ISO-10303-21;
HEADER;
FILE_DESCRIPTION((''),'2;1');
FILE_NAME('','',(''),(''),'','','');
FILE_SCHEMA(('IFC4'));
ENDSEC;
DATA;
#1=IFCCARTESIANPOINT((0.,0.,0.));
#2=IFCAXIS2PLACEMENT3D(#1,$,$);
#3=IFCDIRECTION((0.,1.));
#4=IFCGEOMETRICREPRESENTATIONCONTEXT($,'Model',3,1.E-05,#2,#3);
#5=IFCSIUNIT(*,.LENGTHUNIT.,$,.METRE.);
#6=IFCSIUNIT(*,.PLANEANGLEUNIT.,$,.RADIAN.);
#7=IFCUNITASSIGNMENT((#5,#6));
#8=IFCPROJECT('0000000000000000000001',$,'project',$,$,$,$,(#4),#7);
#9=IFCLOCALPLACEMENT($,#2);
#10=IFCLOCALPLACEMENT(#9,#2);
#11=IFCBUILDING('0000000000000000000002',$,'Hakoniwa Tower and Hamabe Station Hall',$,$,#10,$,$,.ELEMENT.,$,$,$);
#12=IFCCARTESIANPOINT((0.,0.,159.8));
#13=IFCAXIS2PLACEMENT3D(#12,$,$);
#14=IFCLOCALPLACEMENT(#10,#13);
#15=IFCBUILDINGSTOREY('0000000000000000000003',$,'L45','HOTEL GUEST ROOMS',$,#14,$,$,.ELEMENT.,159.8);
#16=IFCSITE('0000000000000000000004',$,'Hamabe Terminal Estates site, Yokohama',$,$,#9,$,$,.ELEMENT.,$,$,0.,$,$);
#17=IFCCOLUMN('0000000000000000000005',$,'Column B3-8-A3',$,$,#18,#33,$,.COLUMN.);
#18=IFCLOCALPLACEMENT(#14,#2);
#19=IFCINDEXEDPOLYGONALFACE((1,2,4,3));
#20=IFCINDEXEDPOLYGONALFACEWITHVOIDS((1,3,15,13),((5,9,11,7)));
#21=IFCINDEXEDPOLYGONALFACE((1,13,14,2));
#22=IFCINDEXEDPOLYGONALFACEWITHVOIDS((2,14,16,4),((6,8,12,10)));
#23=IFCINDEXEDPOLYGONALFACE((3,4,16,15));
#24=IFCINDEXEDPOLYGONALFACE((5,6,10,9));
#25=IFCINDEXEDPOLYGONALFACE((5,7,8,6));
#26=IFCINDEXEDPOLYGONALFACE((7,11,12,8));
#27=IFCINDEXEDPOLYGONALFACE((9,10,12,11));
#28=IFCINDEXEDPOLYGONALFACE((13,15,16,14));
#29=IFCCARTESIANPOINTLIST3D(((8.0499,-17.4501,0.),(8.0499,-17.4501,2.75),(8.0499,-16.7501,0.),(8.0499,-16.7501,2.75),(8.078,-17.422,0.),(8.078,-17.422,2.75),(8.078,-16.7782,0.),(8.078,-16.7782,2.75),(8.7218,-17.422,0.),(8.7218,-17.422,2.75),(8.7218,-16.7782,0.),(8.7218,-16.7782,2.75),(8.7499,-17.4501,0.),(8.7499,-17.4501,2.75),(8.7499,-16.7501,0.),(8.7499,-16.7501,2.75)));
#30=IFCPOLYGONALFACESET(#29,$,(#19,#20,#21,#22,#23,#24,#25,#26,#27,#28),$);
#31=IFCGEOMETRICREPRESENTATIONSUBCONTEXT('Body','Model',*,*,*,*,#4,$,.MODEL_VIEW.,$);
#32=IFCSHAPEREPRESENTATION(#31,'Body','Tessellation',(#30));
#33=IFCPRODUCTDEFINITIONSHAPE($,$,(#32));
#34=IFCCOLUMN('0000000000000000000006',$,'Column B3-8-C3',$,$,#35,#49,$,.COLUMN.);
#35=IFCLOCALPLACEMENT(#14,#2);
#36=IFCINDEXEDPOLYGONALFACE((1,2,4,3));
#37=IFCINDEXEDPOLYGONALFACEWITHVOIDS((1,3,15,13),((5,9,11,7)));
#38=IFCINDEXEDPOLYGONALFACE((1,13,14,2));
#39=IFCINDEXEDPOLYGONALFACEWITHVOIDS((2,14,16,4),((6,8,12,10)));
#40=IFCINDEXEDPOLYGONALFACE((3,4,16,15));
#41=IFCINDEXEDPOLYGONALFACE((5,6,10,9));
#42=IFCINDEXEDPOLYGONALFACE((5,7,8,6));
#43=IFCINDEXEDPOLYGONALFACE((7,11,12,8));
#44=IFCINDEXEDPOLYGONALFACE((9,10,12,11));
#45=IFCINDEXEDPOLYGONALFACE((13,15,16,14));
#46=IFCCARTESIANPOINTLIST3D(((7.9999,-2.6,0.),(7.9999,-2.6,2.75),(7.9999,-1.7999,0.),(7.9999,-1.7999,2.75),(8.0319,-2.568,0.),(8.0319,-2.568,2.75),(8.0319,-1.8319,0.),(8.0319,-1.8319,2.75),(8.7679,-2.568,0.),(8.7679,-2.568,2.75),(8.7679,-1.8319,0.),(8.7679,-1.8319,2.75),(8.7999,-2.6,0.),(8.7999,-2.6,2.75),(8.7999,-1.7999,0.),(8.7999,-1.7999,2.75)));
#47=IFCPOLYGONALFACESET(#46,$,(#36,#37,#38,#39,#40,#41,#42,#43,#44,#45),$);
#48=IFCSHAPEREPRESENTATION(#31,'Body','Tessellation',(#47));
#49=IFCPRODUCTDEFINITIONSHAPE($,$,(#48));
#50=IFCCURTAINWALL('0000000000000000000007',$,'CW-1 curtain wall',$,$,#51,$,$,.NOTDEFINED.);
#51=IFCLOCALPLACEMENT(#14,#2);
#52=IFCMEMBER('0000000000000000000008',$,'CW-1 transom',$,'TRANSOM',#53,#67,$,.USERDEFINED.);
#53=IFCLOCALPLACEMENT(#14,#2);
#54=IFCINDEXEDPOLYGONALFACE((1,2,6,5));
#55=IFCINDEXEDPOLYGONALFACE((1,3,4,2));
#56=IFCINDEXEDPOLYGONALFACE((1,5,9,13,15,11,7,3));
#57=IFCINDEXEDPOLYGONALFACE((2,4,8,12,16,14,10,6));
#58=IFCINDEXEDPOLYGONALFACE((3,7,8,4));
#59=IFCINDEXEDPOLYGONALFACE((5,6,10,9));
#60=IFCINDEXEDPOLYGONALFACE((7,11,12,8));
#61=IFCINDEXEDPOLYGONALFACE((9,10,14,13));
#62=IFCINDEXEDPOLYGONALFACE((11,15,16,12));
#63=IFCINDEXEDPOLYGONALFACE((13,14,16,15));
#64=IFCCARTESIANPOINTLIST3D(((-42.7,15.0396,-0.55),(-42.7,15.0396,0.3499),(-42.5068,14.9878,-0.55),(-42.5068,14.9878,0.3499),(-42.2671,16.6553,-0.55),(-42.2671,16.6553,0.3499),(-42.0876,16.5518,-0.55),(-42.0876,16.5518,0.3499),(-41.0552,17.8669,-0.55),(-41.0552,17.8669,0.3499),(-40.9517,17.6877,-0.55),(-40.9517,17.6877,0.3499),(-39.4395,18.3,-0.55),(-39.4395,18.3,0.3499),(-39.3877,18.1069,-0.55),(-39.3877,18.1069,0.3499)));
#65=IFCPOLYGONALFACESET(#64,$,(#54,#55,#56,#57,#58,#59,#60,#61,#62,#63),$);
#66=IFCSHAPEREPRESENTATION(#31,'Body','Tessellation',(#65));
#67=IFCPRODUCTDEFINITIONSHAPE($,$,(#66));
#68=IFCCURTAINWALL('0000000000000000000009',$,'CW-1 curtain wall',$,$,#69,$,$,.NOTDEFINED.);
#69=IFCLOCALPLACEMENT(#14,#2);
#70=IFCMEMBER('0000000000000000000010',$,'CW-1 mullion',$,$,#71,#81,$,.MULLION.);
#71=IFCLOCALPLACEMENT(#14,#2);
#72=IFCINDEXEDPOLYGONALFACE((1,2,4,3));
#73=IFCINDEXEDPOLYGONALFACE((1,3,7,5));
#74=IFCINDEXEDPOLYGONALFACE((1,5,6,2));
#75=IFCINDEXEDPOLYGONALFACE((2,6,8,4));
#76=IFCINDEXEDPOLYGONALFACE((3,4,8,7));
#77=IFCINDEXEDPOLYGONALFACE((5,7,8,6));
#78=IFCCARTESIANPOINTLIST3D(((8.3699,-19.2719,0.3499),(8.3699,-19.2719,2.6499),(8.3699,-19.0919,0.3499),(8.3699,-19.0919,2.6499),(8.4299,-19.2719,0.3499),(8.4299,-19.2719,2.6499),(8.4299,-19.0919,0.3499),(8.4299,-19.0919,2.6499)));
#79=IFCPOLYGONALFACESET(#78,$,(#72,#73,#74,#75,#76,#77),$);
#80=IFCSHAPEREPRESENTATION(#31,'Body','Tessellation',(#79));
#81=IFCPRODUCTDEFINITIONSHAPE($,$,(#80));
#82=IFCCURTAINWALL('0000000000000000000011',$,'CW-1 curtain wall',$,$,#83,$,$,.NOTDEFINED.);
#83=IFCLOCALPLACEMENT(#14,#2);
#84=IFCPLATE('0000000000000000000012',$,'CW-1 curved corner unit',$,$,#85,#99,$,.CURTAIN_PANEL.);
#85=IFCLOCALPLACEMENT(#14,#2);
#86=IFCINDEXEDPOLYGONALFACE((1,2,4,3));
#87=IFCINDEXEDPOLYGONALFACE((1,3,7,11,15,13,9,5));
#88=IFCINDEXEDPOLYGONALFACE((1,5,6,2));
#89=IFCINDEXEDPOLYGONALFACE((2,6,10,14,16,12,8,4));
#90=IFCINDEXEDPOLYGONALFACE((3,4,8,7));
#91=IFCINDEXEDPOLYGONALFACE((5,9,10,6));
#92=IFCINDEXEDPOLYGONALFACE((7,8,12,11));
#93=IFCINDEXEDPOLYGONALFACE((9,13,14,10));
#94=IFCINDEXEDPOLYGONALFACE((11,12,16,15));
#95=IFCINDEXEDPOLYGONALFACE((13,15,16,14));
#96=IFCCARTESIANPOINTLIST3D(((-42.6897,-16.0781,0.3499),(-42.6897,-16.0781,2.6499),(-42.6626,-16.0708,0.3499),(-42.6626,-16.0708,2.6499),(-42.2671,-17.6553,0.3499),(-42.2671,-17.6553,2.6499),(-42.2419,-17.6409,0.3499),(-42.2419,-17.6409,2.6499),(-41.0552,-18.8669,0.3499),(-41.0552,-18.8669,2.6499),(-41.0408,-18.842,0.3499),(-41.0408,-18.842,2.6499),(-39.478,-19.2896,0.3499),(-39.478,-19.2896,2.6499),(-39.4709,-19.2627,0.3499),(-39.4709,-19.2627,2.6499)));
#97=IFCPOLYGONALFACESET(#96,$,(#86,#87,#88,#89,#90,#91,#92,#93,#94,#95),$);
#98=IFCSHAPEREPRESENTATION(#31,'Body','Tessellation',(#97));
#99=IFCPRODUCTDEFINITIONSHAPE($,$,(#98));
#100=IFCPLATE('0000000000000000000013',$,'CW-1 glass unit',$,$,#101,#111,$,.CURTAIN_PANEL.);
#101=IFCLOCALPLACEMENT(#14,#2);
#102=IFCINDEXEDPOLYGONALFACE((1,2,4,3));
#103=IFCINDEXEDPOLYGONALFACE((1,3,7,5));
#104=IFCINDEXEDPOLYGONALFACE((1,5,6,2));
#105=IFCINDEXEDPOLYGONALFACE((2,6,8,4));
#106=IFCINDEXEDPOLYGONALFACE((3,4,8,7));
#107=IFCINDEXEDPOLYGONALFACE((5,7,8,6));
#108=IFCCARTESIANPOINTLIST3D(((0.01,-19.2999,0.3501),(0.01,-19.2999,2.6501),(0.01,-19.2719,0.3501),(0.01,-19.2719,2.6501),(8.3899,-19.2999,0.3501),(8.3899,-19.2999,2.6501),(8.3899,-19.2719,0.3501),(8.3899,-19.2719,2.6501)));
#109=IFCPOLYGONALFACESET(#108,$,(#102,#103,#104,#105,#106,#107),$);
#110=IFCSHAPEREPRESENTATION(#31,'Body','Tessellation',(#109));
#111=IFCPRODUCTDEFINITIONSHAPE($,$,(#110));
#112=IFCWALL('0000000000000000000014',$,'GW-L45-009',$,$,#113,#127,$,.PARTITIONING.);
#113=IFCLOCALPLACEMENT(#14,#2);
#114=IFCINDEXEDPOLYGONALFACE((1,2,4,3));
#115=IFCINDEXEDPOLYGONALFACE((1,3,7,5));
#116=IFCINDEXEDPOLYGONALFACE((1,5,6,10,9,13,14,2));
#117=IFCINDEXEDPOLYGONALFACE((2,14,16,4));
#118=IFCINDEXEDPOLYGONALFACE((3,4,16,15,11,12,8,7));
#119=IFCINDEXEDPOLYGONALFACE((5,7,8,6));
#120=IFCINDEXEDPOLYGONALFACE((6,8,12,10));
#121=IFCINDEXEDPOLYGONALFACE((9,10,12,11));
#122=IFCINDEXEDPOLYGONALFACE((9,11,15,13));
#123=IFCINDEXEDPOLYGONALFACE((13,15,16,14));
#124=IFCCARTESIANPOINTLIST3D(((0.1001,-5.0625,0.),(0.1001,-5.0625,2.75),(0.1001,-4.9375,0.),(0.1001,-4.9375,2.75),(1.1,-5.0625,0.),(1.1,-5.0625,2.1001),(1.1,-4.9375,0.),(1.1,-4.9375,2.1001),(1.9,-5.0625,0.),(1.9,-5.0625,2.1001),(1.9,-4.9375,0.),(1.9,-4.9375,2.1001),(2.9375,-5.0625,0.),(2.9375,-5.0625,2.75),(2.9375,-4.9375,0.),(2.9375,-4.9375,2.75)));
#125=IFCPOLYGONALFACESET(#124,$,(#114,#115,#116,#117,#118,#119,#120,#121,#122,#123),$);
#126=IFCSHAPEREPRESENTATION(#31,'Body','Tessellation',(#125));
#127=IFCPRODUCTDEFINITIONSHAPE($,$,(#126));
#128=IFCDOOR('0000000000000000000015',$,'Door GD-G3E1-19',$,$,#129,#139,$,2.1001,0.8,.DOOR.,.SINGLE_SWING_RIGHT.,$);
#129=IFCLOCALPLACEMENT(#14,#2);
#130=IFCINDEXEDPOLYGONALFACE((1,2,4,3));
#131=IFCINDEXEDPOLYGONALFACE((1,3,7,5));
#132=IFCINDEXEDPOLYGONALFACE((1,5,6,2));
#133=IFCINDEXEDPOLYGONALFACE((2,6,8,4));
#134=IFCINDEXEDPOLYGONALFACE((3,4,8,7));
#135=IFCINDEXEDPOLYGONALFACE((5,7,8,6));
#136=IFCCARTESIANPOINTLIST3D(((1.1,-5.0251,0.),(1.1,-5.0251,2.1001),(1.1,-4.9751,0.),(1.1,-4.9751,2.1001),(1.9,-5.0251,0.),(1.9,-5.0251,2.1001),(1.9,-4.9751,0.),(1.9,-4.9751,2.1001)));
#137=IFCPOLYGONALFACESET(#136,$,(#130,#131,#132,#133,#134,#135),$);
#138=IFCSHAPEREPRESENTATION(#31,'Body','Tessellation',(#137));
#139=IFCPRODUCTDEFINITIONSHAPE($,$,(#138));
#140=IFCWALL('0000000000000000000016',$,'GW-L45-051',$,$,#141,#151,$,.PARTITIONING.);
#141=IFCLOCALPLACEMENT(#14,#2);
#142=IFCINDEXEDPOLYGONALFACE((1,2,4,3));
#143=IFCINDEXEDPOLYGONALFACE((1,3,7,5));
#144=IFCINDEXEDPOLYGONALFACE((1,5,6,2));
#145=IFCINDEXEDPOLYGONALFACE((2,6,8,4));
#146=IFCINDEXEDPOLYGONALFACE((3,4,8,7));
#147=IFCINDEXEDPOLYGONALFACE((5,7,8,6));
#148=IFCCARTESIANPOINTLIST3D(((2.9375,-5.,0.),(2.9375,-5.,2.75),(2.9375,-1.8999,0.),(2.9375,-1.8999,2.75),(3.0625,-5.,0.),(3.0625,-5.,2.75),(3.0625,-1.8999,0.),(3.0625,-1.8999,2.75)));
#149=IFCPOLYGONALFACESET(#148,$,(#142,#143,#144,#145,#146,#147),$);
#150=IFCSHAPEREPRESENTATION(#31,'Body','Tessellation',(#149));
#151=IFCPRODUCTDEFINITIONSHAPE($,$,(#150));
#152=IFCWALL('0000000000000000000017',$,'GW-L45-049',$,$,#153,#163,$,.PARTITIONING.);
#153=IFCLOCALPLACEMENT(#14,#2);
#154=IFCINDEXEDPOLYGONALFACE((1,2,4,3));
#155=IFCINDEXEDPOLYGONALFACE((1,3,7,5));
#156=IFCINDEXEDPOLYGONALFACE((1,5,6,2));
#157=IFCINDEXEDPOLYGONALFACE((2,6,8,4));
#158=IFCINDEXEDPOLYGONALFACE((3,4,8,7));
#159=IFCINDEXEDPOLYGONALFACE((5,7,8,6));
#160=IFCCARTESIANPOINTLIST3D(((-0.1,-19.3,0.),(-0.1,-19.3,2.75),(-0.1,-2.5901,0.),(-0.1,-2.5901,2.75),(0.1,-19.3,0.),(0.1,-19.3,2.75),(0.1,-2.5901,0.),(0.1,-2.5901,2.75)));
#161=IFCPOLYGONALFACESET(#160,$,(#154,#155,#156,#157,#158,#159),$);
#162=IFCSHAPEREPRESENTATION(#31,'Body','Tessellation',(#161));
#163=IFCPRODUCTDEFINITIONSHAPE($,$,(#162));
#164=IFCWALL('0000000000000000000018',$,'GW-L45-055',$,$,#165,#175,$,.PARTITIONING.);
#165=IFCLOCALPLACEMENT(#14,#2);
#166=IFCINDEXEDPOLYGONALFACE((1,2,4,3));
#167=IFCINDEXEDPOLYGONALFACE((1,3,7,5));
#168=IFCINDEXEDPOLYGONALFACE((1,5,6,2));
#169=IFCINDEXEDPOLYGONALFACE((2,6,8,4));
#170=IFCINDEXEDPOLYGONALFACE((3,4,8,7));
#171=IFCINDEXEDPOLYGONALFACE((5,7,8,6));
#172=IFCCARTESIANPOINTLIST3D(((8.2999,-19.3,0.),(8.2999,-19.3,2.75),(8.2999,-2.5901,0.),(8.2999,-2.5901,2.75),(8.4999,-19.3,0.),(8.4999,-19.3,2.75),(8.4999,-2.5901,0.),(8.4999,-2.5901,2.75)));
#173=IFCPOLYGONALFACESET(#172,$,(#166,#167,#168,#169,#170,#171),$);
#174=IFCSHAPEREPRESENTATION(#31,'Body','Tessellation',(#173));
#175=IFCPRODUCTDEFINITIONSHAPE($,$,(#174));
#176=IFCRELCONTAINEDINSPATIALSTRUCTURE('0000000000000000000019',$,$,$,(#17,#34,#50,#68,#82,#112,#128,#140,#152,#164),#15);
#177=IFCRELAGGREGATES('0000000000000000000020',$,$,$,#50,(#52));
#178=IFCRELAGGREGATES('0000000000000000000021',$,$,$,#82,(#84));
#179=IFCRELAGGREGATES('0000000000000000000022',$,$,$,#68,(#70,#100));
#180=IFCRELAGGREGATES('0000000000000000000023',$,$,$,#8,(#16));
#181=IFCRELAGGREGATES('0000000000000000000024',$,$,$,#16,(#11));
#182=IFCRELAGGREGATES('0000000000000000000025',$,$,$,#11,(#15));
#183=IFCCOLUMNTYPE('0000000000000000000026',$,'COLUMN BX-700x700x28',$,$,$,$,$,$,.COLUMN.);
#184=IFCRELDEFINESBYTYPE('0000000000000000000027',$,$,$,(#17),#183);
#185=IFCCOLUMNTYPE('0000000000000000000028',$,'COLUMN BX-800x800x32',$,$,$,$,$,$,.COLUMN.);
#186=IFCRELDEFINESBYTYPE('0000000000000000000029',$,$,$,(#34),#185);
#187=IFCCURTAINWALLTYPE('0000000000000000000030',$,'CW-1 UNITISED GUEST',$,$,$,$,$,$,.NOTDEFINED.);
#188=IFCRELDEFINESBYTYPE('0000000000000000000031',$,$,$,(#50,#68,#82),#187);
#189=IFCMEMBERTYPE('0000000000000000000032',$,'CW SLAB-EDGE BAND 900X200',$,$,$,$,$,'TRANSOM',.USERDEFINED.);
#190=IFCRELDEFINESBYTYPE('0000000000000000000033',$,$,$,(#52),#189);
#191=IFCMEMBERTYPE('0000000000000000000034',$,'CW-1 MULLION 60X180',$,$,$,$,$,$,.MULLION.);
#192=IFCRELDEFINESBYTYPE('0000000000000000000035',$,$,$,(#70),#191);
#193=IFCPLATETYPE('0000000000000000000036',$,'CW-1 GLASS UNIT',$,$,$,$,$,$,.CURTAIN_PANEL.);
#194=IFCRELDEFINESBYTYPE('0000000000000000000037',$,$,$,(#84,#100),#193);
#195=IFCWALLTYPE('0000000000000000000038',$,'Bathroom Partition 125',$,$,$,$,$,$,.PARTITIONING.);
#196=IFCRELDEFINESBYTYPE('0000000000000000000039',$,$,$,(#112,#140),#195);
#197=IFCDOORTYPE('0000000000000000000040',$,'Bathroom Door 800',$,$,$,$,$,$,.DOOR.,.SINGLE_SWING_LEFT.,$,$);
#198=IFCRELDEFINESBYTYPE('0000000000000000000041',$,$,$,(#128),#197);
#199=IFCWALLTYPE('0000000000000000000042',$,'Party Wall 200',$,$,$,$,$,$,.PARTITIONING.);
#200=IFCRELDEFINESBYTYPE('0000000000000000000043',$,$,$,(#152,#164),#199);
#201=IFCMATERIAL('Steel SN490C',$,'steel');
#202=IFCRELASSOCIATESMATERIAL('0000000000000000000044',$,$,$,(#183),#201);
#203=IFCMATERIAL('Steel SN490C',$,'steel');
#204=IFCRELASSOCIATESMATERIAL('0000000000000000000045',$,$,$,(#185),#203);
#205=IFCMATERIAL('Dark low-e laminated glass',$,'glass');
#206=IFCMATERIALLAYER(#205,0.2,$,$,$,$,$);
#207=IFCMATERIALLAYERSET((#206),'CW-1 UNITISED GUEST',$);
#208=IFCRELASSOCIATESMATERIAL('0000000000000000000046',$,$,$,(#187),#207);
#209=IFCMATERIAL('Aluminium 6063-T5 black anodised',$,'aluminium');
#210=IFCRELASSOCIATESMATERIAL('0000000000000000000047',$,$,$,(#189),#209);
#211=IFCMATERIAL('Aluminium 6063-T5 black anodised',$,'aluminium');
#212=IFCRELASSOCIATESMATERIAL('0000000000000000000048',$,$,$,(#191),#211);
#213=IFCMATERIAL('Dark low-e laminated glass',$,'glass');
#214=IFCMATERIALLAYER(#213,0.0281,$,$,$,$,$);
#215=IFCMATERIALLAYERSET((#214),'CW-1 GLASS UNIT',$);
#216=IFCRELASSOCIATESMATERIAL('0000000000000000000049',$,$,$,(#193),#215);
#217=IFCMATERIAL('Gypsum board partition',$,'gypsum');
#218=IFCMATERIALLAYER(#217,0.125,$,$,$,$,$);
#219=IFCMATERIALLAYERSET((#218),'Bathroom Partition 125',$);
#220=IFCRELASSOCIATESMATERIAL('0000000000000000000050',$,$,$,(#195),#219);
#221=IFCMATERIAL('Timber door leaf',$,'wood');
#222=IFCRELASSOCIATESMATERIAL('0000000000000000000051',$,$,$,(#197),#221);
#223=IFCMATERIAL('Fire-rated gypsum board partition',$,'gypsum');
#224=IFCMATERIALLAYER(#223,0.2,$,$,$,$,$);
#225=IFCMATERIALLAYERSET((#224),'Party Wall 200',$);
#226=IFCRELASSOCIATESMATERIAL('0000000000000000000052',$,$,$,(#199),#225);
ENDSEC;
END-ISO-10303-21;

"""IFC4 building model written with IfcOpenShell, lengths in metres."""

from ifc_helpers import new_model, si_unit, direction, frame, frame_2d, origin, origin_2d, place, context, subcontext, project, spatial, polyline, rectangle, hollow_rectangle, outline, extrude, material, layer, layer_set, material_profile, profile_set, type_object, element, fill, aggregate, save


model = new_model("IFC4")

# Units and contexts
model_context = context("Model", 3, precision=1e-05, world=origin(), true_north=direction((0.0, 1.0)))
body_context = subcontext(model_context, "Body", "Model", "MODEL_VIEW")
ifc_project = project(units=[si_unit("LENGTHUNIT", "METRE"), si_unit("PLANEANGLEUNIT", "RADIAN")], contexts=[model_context])

# Site, building, storey
site_placement = place(None, origin())
site = spatial("IfcSite", under=ifc_project, at=site_placement, Name="Hamabe Terminal Estates site, Yokohama", CompositionType="ELEMENT", RefElevation=0.0)
building_placement = place(site_placement, origin())
building = spatial("IfcBuilding", under=site, at=building_placement, Name="Hakoniwa Tower and Hamabe Station Hall", CompositionType="ELEMENT")
storey_placement = place(building_placement, frame((0.0, 0.0, 159.8)))
storey = spatial("IfcBuildingStorey", under=building, at=storey_placement, Name="L45", Description="HOTEL GUEST ROOMS", CompositionType="ELEMENT", Elevation=159.8)

# Columns
ifc_material_1 = material(Name="Steel SN490C", Category="steel")
ifc_material_profile_1 = material_profile(ifc_material_1, hollow_rectangle(XDim=0.7, YDim=0.7, WallThickness=0.0281, at=origin_2d()), Name="BX-700x700x28")
ifc_profile_set_1 = profile_set([ifc_material_profile_1], Name="Steel SN490C")
column_type_1 = type_object("IfcColumnType", Name="COLUMN BX-700x700x28", PredefinedType="COLUMN", material=ifc_profile_set_1)
column_1_placement = place(storey_placement, frame((8.3999, -17.1001, 0.0), z_axis=(0.0, 0.0, 1.0), x_axis=(1.0, 0.0, 0.0)))
element("IfcColumn", 1, at=column_1_placement, inside=storey, type_object=column_type_1, Name="Column B3-8-A3", PredefinedType="COLUMN", context=body_context, shape_type="SweptSolid", body=[
    extrude(hollow_rectangle(XDim=0.7, YDim=0.7, WallThickness=0.0281, at=origin_2d()), origin(), (0.0, 0.0, 1.0), 2.75),
])
ifc_material_2 = material(Name="Steel SN490C", Category="steel")
ifc_material_profile_2 = material_profile(ifc_material_2, hollow_rectangle(XDim=0.8, YDim=0.8, WallThickness=0.032, at=origin_2d()), Name="BX-800x800x32")
ifc_profile_set_2 = profile_set([ifc_material_profile_2], Name="Steel SN490C")
column_type_2 = type_object("IfcColumnType", Name="COLUMN BX-800x800x32", PredefinedType="COLUMN", material=ifc_profile_set_2)
column_2_placement = place(storey_placement, frame((8.3999, -2.2, 0.0), z_axis=(0.0, 0.0, 1.0), x_axis=(1.0, 0.0, 0.0)))
element("IfcColumn", 2, at=column_2_placement, inside=storey, type_object=column_type_2, Name="Column B3-8-C3", PredefinedType="COLUMN", context=body_context, shape_type="SweptSolid", body=[
    extrude(hollow_rectangle(XDim=0.8, YDim=0.8, WallThickness=0.032, at=origin_2d()), origin(), (0.0, 0.0, 1.0), 2.75),
])

# Curtain walls, members
ifc_material_3 = material(Name="Dark low-e laminated glass", Category="glass")
ifc_layer_1 = layer(ifc_material_3, 0.2)
ifc_layer_set_1 = layer_set([ifc_layer_1], Name="CW-1 UNITISED GUEST")
curtain_wall_type = type_object("IfcCurtainWallType", Name="CW-1 UNITISED GUEST", PredefinedType="NOTDEFINED", material=ifc_layer_set_1)
curtain_wall_1_placement = place(storey_placement, origin())
curtain_wall_1 = element("IfcCurtainWall", 3, at=curtain_wall_1_placement, inside=storey, type_object=curtain_wall_type, Name="CW-1 curtain wall", PredefinedType="NOTDEFINED")
ifc_material_4 = material(Name="Aluminium 6063-T5 black anodised", Category="aluminium")
ifc_material_profile_3 = material_profile(ifc_material_4, rectangle(XDim=0.2, YDim=0.8999, at=origin_2d()), Name="CW SLAB-EDGE BAND 900X200")
ifc_profile_set_3 = profile_set([ifc_material_profile_3], Name="Aluminium 6063-T5 black anodised")
member_type_1 = type_object("IfcMemberType", Name="CW SLAB-EDGE BAND 900X200", ElementType="TRANSOM", PredefinedType="USERDEFINED", material=ifc_profile_set_3)
member_1_placement = place(storey_placement, frame((0.0, 0.0, -0.55)))
member_1 = element("IfcMember", 4, at=member_1_placement, type_object=member_type_1, Name="CW-1 transom", ObjectType="TRANSOM", PredefinedType="USERDEFINED", context=body_context, shape_type="SweptSolid", body=[
    extrude(outline(polyline([(-39.4395, 18.3), (-41.0552, 17.8669), (-42.2671, 16.6553), (-42.7, 15.0396), (-42.5068, 14.9878), (-42.0876, 16.5518), (-40.9517, 17.6877), (-39.3877, 18.1069), (-39.4395, 18.3)])), origin(), (0.0, 0.0, 1.0), 0.8999),
])
aggregate(curtain_wall_1, [member_1])
curtain_wall_2_placement = place(storey_placement, origin())
curtain_wall_2 = element("IfcCurtainWall", 5, at=curtain_wall_2_placement, inside=storey, type_object=curtain_wall_type, Name="CW-1 curtain wall", PredefinedType="NOTDEFINED")
ifc_material_5 = material(Name="Aluminium 6063-T5 black anodised", Category="aluminium")
ifc_material_profile_4 = material_profile(ifc_material_5, rectangle(XDim=0.0601, YDim=0.1799, at=origin_2d()), Name="CW-1 MULLION 60X180")
ifc_profile_set_4 = profile_set([ifc_material_profile_4], Name="Aluminium 6063-T5 black anodised")
member_type_2 = type_object("IfcMemberType", Name="CW-1 MULLION 60X180", PredefinedType="MULLION", material=ifc_profile_set_4)
member_2_placement = place(storey_placement, frame((8.3999, -19.1819, 0.3499), z_axis=(0.0, 0.0, 1.0), x_axis=(1.0, 0.0, 0.0)))
member_2 = element("IfcMember", 6, at=member_2_placement, type_object=member_type_2, Name="CW-1 mullion", PredefinedType="MULLION", context=body_context, shape_type="SweptSolid", body=[
    extrude(rectangle(XDim=0.0601, YDim=0.1799, at=origin_2d()), origin(), (0.0, 0.0, 1.0), 2.3),
])

# Curtain wall, plate
curtain_wall_3_placement = place(storey_placement, origin())
curtain_wall_3 = element("IfcCurtainWall", 7, at=curtain_wall_3_placement, inside=storey, type_object=curtain_wall_type, Name="CW-1 curtain wall", PredefinedType="NOTDEFINED")
ifc_material_6 = material(Name="Dark low-e laminated glass", Category="glass")
ifc_layer_2 = layer(ifc_material_6, 0.0281)
ifc_layer_set_2 = layer_set([ifc_layer_2], Name="CW-1 GLASS UNIT")
plate_type = type_object("IfcPlateType", Name="CW-1 GLASS UNIT", PredefinedType="CURTAIN_PANEL", material=ifc_layer_set_2)
plate_1_placement = place(storey_placement, frame((0.0, 0.0, 0.3499)))
plate_1 = element("IfcPlate", 8, at=plate_1_placement, type_object=plate_type, Name="CW-1 curved corner unit", PredefinedType="CURTAIN_PANEL", context=body_context, shape_type="SweptSolid", body=[
    extrude(outline(polyline([(-42.6897, -16.0781), (-42.2671, -17.6553), (-41.0552, -18.8669), (-39.478, -19.2896), (-39.4709, -19.2627), (-41.0408, -18.842), (-42.2419, -17.6409), (-42.6626, -16.0708), (-42.6897, -16.0781)])), origin(), (0.0, 0.0, 1.0), 2.3),
])
aggregate(curtain_wall_3, [plate_1])

# Plate
plate_2_placement = place(storey_placement, frame((4.2, -19.2859, 0.3501), z_axis=(0.0, 0.0, 1.0), x_axis=(1.0, 0.0, 0.0)))
plate_2 = element("IfcPlate", 9, at=plate_2_placement, type_object=plate_type, Name="CW-1 glass unit", PredefinedType="CURTAIN_PANEL", context=body_context, shape_type="SweptSolid", body=[
    extrude(rectangle(XDim=8.3799, YDim=0.0281, at=origin_2d()), origin(), (0.0, 0.0, 1.0), 2.3),
])
aggregate(curtain_wall_2, [member_2, plate_2])

# Wall, opening, door
ifc_material_7 = material(Name="Gypsum board partition", Category="gypsum")
ifc_layer_3 = layer(ifc_material_7, 0.125)
ifc_layer_set_3 = layer_set([ifc_layer_3], Name="Bathroom Partition 125")
wall_type_1 = type_object("IfcWallType", Name="Bathroom Partition 125", PredefinedType="PARTITIONING", material=ifc_layer_set_3)
wall_1_placement = place(storey_placement, frame((0.1001, -5.0, 0.0), z_axis=(0.0, 0.0, 1.0), x_axis=(1.0, 0.0, 0.0)))
wall_1 = element("IfcWall", 10, at=wall_1_placement, inside=storey, type_object=wall_type_1, Name="GW-L45-009", PredefinedType="PARTITIONING", context=body_context, shape_type="SweptSolid", body=[
    extrude(rectangle(XDim=2.8374, YDim=0.125, at=frame_2d((1.4187, 0.0))), origin(), (0.0, 0.0, 1.0), 2.75),
])
opening_1_placement = place(wall_1_placement, frame((1.0, 0.0, 0.0)))
opening_1 = element("IfcOpeningElement", 11, at=opening_1_placement, cuts=wall_1, PredefinedType="OPENING", context=body_context, shape_type="SweptSolid", body=[
    extrude(rectangle(XDim=0.8, YDim=2.1001, at=frame_2d((0.3999, 1.05))), frame((0.0, 0.0725, 0.0), z_axis=(0.0, -1.0, 0.0), x_axis=(1.0, 0.0, 0.0)), (0.0, 0.0, 1.0), 0.145),
])
ifc_material_8 = material(Name="Timber door leaf", Category="wood")
door_type_1 = type_object("IfcDoorType", Name="Bathroom Door 800", OperationType="SINGLE_SWING_LEFT", PredefinedType="DOOR", material=ifc_material_8)
door_1_placement = place(opening_1_placement, origin())
door_1 = element("IfcDoor", 12, at=door_1_placement, inside=storey, type_object=door_type_1, Name="Door GD-G3E1-19", OperationType="SINGLE_SWING_RIGHT", OverallHeight=2.1001, OverallWidth=0.8, PredefinedType="DOOR", context=body_context, shape_type="SweptSolid", body=[
    extrude(rectangle(XDim=0.8, YDim=2.1001, at=frame_2d((0.3999, 1.05))), frame((0.0, 0.0249, 0.0), z_axis=(0.0, -1.0, 0.0), x_axis=(1.0, 0.0, 0.0)), (0.0, 0.0, 1.0), 0.05),
])
fill(opening_1, door_1)

# Walls
wall_2_placement = place(storey_placement, frame((3.0, -5.0, 0.0), z_axis=(0.0, 0.0, 1.0), x_axis=(0.0, 1.0, 0.0)))
element("IfcWall", 13, at=wall_2_placement, inside=storey, type_object=wall_type_1, Name="GW-L45-051", PredefinedType="PARTITIONING", context=body_context, shape_type="SweptSolid", body=[
    extrude(rectangle(XDim=3.1001, YDim=0.125, at=frame_2d((1.55, 0.0))), origin(), (0.0, 0.0, 1.0), 2.75),
])
ifc_material_9 = material(Name="Fire-rated gypsum board partition", Category="gypsum")
ifc_layer_4 = layer(ifc_material_9, 0.2)
ifc_layer_set_4 = layer_set([ifc_layer_4], Name="Party Wall 200")
wall_type_2 = type_object("IfcWallType", Name="Party Wall 200", PredefinedType="PARTITIONING", material=ifc_layer_set_4)
for number, where, z_axis, x_axis, name in (
    (14, (0.0, -19.3, 0.0), (0.0, 0.0, 1.0), (0.0, 1.0, 0.0), "GW-L45-049"),
    (15, (8.3999, -19.3, 0.0), (0.0, 0.0, 1.0), (0.0, 1.0, 0.0), "GW-L45-055"),
):
    element("IfcWall", number, at=place(storey_placement, frame(where, z_axis=z_axis, x_axis=x_axis)), inside=storey, type_object=wall_type_2, Name=name, PredefinedType="PARTITIONING", context=body_context, shape_type="SweptSolid", body=[
        extrude(rectangle(XDim=16.71, YDim=0.2, at=frame_2d((8.355, 0.0))), origin(), (0.0, 0.0, 1.0), 2.75),
    ])

save(model, "model.ifc")
